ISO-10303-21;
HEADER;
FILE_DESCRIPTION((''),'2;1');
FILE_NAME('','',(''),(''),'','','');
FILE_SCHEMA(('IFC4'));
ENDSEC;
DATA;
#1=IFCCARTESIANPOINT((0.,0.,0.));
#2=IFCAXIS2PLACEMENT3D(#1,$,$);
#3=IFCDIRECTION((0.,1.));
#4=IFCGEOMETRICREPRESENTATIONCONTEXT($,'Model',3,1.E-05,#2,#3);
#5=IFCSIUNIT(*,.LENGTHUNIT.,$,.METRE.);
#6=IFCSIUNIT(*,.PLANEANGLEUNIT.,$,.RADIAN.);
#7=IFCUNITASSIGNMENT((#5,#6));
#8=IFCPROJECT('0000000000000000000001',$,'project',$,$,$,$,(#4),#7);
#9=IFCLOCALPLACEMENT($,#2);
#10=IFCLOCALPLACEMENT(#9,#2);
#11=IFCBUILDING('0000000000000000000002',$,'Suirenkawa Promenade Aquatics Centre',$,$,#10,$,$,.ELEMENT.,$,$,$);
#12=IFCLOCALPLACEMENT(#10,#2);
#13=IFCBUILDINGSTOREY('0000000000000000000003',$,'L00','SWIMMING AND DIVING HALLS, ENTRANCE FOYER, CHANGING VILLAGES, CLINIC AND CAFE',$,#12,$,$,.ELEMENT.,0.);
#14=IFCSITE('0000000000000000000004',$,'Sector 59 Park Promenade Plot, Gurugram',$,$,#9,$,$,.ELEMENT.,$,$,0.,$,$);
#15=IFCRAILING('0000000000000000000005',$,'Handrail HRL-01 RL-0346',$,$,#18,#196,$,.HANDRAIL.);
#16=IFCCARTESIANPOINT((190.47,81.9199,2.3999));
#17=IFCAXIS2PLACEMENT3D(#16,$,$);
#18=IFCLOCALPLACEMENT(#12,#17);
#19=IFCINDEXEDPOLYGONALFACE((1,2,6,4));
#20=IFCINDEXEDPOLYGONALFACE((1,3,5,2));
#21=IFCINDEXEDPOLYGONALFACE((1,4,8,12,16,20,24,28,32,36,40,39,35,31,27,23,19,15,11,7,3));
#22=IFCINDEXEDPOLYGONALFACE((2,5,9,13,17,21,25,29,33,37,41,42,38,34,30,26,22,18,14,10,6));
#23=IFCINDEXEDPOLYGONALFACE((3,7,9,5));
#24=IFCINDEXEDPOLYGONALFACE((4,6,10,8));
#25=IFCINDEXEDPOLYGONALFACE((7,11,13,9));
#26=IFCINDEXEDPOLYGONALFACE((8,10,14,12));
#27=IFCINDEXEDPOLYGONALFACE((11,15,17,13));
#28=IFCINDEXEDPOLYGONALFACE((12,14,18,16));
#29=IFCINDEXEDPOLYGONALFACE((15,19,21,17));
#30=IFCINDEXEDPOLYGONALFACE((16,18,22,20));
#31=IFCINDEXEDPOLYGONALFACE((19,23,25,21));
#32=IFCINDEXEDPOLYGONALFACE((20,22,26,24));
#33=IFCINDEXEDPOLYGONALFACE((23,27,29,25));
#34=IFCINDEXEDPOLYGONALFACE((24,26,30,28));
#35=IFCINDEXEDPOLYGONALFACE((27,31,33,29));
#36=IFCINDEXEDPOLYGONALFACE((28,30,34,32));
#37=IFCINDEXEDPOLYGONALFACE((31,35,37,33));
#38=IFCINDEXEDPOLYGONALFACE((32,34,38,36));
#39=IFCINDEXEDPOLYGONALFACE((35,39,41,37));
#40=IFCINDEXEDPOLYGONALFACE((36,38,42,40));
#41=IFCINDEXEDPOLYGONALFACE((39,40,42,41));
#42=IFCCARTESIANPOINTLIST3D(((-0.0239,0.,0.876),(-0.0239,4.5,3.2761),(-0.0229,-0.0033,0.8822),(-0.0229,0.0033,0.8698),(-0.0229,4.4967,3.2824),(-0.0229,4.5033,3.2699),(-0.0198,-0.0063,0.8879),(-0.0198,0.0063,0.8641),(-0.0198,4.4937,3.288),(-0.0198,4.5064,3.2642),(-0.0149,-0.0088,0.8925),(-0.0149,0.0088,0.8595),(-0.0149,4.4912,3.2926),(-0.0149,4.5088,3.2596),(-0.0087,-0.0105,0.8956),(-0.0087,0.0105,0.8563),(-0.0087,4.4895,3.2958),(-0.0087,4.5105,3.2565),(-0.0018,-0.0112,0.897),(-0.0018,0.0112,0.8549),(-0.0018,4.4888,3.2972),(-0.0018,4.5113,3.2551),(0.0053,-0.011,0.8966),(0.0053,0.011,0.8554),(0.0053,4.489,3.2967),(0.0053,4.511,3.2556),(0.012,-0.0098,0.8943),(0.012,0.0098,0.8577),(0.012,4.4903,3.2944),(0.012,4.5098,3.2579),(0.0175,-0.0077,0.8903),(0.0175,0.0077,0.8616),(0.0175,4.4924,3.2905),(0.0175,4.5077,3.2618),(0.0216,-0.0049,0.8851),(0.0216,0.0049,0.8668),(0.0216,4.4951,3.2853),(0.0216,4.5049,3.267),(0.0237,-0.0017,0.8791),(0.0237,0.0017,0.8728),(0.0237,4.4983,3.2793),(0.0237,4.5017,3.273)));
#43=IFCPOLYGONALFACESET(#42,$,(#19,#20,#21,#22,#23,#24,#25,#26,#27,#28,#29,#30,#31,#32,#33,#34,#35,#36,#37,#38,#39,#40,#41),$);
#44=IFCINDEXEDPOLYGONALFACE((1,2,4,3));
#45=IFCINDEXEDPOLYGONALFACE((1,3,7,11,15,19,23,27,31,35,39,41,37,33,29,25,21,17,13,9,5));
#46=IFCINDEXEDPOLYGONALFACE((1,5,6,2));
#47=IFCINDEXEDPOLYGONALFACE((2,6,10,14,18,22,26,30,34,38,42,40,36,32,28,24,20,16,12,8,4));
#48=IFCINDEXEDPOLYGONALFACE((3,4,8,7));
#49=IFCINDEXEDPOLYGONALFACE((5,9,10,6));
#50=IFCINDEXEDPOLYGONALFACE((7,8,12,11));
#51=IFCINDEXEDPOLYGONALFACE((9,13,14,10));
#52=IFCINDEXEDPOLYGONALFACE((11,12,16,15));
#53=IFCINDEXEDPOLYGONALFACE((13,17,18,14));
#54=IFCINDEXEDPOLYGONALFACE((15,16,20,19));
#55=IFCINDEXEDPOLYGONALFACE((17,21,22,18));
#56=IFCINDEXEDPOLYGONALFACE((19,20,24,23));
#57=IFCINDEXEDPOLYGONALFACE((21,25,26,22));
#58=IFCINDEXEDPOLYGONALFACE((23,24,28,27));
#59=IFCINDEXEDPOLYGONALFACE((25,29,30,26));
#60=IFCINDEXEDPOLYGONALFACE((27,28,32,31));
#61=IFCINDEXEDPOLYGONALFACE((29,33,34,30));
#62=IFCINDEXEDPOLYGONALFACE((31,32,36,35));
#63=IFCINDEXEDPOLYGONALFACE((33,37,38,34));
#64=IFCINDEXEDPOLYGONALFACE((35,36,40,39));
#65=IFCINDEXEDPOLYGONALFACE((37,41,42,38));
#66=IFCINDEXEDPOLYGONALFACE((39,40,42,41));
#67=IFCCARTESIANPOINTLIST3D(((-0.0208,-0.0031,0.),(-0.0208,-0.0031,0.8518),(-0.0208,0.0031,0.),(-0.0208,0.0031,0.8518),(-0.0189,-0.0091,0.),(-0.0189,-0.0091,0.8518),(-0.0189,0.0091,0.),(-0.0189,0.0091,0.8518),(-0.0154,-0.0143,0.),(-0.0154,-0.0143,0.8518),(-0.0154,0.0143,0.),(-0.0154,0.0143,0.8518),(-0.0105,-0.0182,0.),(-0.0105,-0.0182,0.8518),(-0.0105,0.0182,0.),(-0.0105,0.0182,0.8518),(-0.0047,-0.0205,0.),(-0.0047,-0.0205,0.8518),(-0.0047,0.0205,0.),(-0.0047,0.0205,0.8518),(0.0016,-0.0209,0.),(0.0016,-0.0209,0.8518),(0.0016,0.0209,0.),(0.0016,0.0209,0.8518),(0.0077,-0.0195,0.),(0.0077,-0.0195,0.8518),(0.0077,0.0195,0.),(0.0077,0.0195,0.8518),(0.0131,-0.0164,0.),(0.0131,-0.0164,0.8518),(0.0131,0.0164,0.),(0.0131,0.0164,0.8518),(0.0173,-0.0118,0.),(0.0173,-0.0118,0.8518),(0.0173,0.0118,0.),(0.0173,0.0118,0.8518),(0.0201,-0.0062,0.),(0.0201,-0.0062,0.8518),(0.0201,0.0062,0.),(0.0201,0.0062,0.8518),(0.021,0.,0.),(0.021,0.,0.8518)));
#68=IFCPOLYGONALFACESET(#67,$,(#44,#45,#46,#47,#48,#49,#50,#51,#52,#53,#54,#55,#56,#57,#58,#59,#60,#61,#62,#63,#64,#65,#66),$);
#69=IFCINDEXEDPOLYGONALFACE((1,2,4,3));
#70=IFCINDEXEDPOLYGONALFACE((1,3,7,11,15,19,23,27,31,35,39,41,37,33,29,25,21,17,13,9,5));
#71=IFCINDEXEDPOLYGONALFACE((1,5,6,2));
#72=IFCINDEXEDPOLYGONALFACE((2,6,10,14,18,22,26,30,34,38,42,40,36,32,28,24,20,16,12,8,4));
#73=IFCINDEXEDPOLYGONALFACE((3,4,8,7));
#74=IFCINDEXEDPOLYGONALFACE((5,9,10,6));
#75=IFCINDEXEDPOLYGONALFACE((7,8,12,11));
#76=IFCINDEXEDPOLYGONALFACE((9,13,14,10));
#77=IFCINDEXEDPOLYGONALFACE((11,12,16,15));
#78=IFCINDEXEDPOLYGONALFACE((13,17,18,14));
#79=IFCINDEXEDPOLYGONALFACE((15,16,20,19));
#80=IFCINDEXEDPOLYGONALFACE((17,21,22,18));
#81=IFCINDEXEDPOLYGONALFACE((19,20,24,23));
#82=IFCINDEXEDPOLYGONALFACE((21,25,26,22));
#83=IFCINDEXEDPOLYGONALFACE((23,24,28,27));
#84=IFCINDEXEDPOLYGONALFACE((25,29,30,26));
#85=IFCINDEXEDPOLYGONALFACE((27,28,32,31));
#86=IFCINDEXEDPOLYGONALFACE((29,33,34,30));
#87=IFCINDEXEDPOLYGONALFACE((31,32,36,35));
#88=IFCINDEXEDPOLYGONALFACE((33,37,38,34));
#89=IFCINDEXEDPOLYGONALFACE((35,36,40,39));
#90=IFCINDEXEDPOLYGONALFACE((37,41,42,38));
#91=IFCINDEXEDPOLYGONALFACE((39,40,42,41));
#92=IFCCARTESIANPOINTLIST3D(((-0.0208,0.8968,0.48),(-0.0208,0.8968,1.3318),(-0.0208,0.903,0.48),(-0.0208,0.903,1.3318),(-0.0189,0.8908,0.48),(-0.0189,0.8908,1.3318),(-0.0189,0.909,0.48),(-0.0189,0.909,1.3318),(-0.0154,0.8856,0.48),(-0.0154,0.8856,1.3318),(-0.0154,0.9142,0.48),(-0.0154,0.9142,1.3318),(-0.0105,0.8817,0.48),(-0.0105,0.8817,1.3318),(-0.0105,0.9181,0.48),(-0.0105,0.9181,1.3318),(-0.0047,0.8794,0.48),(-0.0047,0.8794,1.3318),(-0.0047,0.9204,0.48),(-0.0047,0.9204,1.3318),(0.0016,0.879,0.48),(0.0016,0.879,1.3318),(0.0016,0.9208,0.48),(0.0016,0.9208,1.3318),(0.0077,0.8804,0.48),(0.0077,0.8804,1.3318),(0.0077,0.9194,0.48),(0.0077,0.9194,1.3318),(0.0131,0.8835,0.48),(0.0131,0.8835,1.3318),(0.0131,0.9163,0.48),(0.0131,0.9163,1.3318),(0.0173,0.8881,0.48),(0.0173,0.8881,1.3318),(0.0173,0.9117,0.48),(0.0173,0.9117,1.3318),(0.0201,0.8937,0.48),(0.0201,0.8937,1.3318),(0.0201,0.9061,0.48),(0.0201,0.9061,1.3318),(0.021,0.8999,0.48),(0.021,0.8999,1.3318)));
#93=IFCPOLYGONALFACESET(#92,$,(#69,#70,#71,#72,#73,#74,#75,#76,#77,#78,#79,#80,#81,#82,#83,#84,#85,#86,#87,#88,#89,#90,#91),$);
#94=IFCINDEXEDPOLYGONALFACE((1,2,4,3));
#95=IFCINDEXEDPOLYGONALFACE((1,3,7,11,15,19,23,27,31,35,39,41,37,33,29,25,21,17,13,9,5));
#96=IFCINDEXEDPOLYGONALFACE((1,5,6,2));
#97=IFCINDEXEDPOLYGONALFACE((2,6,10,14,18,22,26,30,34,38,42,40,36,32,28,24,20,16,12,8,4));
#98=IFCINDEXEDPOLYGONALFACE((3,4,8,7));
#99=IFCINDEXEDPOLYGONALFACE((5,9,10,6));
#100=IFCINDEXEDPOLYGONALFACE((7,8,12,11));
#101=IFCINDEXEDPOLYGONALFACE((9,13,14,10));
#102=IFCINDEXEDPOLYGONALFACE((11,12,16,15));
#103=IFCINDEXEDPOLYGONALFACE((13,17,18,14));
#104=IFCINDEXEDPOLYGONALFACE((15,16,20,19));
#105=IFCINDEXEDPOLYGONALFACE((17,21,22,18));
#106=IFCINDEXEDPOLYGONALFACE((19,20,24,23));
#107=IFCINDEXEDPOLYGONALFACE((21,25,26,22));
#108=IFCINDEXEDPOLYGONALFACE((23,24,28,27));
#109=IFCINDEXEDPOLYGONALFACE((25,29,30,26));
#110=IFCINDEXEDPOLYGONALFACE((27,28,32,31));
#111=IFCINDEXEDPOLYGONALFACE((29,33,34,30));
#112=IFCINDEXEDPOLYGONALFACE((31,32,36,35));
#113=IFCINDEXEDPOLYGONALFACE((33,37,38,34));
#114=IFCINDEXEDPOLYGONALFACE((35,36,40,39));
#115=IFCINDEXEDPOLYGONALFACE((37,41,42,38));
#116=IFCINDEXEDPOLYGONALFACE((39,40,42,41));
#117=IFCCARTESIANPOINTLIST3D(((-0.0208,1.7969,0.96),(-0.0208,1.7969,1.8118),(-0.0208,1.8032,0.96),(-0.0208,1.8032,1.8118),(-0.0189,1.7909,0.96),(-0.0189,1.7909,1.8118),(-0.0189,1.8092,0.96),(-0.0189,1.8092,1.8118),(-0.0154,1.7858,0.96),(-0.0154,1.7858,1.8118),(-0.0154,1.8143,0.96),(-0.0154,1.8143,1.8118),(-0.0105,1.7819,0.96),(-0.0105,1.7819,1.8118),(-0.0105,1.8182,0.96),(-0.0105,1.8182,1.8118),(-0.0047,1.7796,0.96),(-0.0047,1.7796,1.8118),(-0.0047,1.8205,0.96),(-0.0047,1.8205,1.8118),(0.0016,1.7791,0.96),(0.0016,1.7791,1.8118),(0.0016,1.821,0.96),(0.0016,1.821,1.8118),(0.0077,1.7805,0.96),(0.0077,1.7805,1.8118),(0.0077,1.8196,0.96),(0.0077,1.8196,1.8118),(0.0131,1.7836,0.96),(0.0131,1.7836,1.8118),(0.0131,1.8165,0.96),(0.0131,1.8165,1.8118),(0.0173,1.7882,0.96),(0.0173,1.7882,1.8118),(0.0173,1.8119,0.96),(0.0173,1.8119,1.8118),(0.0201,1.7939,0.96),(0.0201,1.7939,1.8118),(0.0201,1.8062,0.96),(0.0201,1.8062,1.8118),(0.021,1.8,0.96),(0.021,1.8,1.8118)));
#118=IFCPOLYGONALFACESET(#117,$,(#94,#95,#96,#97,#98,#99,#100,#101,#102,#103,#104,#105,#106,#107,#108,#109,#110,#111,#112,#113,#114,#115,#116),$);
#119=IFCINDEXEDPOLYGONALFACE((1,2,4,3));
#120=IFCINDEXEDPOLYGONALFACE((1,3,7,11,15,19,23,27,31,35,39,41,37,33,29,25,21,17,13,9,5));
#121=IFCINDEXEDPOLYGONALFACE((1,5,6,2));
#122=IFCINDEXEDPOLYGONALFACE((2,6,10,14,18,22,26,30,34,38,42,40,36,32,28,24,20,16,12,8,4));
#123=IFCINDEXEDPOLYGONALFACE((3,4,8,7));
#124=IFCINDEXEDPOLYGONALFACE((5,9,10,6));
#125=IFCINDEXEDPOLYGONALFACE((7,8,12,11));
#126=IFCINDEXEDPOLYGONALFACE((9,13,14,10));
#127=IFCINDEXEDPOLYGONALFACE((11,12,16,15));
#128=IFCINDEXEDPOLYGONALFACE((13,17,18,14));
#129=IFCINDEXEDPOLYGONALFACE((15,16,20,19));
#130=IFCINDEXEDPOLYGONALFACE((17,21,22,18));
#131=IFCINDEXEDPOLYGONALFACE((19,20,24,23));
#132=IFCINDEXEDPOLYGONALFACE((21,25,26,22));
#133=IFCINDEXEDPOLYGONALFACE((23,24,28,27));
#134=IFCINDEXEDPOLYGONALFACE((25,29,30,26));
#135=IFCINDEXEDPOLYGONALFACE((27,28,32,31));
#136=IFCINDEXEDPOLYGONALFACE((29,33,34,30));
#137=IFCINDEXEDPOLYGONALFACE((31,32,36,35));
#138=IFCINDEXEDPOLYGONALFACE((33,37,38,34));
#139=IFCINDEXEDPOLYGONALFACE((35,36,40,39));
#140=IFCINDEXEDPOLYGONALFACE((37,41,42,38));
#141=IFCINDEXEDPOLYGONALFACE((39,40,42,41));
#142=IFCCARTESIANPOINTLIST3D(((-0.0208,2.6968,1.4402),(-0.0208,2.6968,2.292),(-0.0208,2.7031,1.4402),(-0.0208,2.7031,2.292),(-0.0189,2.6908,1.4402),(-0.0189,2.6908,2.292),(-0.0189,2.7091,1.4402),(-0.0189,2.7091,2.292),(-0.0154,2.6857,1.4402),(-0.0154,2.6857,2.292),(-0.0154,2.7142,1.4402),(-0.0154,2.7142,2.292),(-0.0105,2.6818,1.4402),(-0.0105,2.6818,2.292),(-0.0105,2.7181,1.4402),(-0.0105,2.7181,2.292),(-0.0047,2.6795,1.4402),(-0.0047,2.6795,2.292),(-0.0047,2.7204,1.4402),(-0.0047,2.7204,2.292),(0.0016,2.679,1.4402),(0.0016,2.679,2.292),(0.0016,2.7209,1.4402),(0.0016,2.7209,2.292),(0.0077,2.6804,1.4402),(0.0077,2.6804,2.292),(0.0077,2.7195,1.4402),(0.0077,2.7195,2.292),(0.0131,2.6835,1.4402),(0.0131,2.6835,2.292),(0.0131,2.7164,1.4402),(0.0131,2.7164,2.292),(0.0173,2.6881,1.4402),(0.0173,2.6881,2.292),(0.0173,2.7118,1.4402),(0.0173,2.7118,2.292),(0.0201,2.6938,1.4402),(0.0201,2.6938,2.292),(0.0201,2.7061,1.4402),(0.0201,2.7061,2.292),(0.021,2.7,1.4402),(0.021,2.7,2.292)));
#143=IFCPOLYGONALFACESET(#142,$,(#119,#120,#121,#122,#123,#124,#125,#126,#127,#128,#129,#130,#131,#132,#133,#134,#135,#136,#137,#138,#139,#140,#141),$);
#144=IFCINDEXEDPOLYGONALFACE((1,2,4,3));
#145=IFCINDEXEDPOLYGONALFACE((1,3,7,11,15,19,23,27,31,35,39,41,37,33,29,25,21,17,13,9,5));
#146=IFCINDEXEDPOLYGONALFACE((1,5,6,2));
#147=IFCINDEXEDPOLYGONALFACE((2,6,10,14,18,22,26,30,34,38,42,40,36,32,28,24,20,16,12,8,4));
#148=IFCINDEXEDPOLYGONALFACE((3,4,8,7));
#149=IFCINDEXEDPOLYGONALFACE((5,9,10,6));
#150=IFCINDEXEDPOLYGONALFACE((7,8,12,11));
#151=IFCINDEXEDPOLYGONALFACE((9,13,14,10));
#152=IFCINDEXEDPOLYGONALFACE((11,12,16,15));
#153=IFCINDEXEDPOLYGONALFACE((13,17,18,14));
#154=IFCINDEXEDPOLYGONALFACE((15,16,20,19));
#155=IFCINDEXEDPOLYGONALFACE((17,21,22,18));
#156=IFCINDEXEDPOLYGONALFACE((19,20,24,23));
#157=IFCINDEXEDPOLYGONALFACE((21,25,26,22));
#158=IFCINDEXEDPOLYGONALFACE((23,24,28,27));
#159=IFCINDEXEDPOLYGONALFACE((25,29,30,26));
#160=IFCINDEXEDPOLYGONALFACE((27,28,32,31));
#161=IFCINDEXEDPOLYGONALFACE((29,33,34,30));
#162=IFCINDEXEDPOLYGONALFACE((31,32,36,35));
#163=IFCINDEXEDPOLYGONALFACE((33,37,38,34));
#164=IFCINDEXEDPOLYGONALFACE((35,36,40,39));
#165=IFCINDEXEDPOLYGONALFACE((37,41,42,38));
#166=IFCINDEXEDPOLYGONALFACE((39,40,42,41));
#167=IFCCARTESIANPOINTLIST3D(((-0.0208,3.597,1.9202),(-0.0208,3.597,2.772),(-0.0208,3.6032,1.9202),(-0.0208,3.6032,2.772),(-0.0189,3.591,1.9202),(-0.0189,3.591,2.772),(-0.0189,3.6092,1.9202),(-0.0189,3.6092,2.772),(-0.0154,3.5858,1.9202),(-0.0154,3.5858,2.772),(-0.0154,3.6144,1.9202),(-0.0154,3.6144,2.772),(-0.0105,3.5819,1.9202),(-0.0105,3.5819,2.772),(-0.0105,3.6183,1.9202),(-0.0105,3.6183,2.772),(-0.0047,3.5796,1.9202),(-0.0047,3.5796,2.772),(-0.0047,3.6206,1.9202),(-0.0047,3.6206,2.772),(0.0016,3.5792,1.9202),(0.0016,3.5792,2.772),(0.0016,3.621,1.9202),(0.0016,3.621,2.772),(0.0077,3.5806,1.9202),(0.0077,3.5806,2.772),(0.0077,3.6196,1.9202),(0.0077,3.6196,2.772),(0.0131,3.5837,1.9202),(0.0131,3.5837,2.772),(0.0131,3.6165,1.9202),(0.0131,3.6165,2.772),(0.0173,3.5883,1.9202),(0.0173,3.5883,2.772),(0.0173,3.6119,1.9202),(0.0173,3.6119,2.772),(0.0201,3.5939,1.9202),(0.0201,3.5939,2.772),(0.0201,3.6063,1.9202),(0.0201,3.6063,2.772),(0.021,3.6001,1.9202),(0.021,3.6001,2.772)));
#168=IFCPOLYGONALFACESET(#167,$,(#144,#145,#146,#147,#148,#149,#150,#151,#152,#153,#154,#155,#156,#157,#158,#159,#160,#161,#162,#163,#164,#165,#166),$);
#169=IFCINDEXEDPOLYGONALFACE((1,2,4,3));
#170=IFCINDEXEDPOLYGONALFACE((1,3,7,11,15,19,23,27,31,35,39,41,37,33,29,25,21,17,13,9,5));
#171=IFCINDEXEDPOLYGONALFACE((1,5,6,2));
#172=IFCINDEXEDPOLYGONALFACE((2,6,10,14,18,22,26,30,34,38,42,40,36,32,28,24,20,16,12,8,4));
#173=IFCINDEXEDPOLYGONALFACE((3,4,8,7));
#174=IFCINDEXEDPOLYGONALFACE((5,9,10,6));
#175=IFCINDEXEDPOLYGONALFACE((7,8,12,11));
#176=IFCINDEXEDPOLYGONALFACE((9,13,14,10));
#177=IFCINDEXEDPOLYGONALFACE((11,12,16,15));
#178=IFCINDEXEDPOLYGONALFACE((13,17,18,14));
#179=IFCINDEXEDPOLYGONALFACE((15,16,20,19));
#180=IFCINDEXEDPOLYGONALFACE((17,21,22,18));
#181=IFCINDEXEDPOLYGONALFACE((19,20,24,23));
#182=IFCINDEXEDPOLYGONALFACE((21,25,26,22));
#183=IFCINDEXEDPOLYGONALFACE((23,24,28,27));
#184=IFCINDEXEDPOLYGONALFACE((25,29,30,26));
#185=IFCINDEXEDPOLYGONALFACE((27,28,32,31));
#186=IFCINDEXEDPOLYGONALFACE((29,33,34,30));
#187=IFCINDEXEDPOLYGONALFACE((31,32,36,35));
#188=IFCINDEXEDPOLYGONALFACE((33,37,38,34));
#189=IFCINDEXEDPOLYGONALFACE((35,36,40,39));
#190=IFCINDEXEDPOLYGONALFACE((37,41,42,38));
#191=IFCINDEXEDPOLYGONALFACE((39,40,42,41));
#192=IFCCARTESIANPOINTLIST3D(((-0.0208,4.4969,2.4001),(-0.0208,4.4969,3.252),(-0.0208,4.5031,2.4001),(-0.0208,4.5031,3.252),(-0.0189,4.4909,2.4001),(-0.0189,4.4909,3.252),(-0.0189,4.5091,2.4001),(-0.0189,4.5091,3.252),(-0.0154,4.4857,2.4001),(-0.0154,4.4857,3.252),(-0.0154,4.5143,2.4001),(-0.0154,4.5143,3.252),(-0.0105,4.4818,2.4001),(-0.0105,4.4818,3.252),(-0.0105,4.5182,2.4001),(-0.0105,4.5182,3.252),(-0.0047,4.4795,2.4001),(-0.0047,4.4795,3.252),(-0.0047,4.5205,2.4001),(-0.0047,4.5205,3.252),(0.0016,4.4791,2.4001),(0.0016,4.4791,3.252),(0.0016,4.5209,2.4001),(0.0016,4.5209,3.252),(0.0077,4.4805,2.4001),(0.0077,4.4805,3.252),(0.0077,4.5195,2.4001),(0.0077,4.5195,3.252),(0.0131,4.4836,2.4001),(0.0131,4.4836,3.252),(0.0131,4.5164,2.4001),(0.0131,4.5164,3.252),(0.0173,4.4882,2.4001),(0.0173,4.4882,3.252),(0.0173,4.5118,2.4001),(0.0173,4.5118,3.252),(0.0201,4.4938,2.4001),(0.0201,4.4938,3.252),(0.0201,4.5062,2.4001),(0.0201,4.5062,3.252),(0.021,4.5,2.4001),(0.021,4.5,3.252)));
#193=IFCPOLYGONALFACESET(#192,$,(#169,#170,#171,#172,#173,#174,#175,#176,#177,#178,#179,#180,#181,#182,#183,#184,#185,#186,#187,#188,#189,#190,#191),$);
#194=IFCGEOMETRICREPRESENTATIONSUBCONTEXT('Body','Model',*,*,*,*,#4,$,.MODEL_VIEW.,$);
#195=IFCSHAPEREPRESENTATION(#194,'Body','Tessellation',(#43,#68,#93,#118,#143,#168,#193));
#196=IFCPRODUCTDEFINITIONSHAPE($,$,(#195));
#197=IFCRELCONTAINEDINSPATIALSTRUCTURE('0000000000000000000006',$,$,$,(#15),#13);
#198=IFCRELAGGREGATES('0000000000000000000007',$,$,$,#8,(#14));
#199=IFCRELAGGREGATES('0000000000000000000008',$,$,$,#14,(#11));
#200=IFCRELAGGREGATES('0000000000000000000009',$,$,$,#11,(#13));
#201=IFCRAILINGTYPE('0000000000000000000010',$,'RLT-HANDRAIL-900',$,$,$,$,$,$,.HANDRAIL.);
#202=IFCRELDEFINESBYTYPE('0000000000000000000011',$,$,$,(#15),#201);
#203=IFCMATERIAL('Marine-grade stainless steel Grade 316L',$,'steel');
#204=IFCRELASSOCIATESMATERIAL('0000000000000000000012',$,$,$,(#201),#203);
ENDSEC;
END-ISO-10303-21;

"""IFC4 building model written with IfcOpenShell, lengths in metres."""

from ifc_helpers import new_model, si_unit, direction, frame, origin, origin_2d, place, context, subcontext, project, spatial, circle, extrude, material, type_object, element, save


model = new_model("IFC4")

# Units and contexts
model_context = context("Model", 3, precision=1e-05, world=origin(), true_north=direction((0.0, 1.0)))
body_context = subcontext(model_context, "Body", "Model", "MODEL_VIEW")
ifc_project = project(units=[si_unit("LENGTHUNIT", "METRE"), si_unit("PLANEANGLEUNIT", "RADIAN")], contexts=[model_context])

# Site, building, storey
site_placement = place(None, origin())
site = spatial("IfcSite", under=ifc_project, at=site_placement, Name="Sector 59 Park Promenade Plot, Gurugram", CompositionType="ELEMENT", RefElevation=0.0)
building_placement = place(site_placement, origin())
building = spatial("IfcBuilding", under=site, at=building_placement, Name="Suirenkawa Promenade Aquatics Centre", CompositionType="ELEMENT")
storey_placement = place(building_placement, origin())
storey = spatial("IfcBuildingStorey", under=building, at=storey_placement, Name="L00", Description="SWIMMING AND DIVING HALLS, ENTRANCE FOYER, CHANGING VILLAGES, CLINIC AND CAFE", CompositionType="ELEMENT", Elevation=0.0)

# Railing
ifc_material_1 = material(Name="Marine-grade stainless steel Grade 316L", Category="steel")
railing_type_1 = type_object("IfcRailingType", Name="RLT-HANDRAIL-900", PredefinedType="HANDRAIL", material=ifc_material_1)
for number, where, name in (
    (1, (190.47, 81.9199, 2.3999), "Handrail HRL-01 RL-0346"),
):
    element("IfcRailing", number, at=place(storey_placement, frame(where)), inside=storey, type_object=railing_type_1, Name=name, PredefinedType="HANDRAIL", context=body_context, shape_type="SweptSolid", body=[
        extrude(circle(Radius=0.0239, at=origin_2d()), frame((0.0, 0.0, 0.876), z_axis=(0.0, 0.882341, 0.470611), x_axis=(-1.0, 0.0, 0.0)), (0.0, 0.0, 1.0), 5.1001),
        extrude(circle(Radius=0.021, at=origin_2d()), origin(), (0.0, 0.0, 1.0), 0.8518),
        extrude(circle(Radius=0.021, at=origin_2d()), frame((0.0, 0.8999, 0.48)), (0.0, 0.0, 1.0), 0.8518),
        extrude(circle(Radius=0.021, at=origin_2d()), frame((0.0, 1.8, 0.96)), (0.0, 0.0, 1.0), 0.8518),
        extrude(circle(Radius=0.021, at=origin_2d()), frame((0.0, 2.7, 1.4402)), (0.0, 0.0, 1.0), 0.8518),
        extrude(circle(Radius=0.021, at=origin_2d()), frame((0.0, 3.6001, 1.9202)), (0.0, 0.0, 1.0), 0.8518),
        extrude(circle(Radius=0.021, at=origin_2d()), frame((0.0, 4.5, 2.4001)), (0.0, 0.0, 1.0), 0.8518),
    ])

save(model, "model.ifc")
